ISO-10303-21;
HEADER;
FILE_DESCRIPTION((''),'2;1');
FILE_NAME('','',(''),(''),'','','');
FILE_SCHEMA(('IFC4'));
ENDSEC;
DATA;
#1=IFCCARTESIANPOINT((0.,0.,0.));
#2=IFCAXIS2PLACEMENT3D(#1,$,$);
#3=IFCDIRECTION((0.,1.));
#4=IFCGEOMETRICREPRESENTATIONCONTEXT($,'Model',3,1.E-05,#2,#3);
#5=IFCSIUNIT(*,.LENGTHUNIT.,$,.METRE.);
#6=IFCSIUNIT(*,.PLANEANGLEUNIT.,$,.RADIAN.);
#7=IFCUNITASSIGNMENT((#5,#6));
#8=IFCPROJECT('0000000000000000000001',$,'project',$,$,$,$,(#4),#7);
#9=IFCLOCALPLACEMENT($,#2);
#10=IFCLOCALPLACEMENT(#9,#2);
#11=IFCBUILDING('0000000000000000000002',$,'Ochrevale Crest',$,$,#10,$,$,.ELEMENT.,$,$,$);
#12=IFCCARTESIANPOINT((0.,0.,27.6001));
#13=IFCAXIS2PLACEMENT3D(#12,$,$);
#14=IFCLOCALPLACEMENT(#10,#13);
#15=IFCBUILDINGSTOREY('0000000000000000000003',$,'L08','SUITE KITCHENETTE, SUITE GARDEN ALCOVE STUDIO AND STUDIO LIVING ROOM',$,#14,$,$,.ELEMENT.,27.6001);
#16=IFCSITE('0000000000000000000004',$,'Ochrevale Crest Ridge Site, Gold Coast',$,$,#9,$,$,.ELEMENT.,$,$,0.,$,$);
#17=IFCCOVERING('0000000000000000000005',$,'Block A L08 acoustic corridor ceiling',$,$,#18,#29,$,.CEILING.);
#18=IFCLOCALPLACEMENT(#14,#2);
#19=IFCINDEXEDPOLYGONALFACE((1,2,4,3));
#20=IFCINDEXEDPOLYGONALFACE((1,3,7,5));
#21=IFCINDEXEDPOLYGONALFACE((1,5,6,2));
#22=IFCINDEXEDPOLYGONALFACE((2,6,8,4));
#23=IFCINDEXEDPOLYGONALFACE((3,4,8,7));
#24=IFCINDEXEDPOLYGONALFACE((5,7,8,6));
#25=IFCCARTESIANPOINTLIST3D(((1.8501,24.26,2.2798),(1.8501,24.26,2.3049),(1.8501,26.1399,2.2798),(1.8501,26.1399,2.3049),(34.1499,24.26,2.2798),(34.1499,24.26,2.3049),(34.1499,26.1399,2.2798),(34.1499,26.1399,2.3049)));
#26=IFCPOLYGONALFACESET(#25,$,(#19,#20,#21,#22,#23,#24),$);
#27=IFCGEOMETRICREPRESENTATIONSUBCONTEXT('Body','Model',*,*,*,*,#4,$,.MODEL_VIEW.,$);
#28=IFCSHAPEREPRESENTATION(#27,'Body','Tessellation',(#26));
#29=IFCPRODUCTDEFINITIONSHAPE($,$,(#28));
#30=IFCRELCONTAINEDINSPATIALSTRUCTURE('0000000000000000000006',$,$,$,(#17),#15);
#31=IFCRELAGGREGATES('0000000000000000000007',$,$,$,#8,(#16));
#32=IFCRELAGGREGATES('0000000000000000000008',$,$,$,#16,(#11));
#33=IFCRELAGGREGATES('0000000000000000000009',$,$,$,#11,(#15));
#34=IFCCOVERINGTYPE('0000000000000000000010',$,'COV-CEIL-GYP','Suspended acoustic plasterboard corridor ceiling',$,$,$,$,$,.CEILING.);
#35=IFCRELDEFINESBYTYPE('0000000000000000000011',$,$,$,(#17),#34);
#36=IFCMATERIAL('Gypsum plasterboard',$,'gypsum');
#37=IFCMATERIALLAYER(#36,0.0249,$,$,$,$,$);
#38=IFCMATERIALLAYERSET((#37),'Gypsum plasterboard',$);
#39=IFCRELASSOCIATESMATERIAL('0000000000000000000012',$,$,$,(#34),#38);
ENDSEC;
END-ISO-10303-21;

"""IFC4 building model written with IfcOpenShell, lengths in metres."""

from ifc_helpers import new_model, si_unit, direction, frame, origin, place, context, subcontext, project, spatial, polyline, outline, extrude, material, layer, layer_set, type_object, element, save


model = new_model("IFC4")

# Units and contexts
model_context = context("Model", 3, precision=1e-05, world=origin(), true_north=direction((0.0, 1.0)))
body_context = subcontext(model_context, "Body", "Model", "MODEL_VIEW")
ifc_project = project(units=[si_unit("LENGTHUNIT", "METRE"), si_unit("PLANEANGLEUNIT", "RADIAN")], contexts=[model_context])

# Site, building, storey
site_placement = place(None, origin())
site = spatial("IfcSite", under=ifc_project, at=site_placement, Name="Ochrevale Crest Ridge Site, Gold Coast", CompositionType="ELEMENT", RefElevation=0.0)
building_placement = place(site_placement, origin())
building = spatial("IfcBuilding", under=site, at=building_placement, Name="Ochrevale Crest", CompositionType="ELEMENT")
storey_placement = place(building_placement, frame((0.0, 0.0, 27.6001)))
storey = spatial("IfcBuildingStorey", under=building, at=storey_placement, Name="L08", Description="SUITE KITCHENETTE, SUITE GARDEN ALCOVE STUDIO AND STUDIO LIVING ROOM", CompositionType="ELEMENT", Elevation=27.6001)

# Covering
ifc_material_1 = material(Name="Gypsum plasterboard", Category="gypsum")
ifc_layer_1 = layer(ifc_material_1, 0.0249)
ifc_layer_set_1 = layer_set([ifc_layer_1], Name="Gypsum plasterboard")
covering_type = type_object("IfcCoveringType", Name="COV-CEIL-GYP", Description="Suspended acoustic plasterboard corridor ceiling", PredefinedType="CEILING", material=ifc_layer_set_1)
covering_placement = place(storey_placement, frame((0.0, 0.0, 2.2798)))
element("IfcCovering", 1, at=covering_placement, inside=storey, type_object=covering_type, Name="Block A L08 acoustic corridor ceiling", PredefinedType="CEILING", context=body_context, shape_type="SweptSolid", body=[
    extrude(outline(polyline([(1.8501, 24.26), (34.1499, 24.26), (34.1499, 26.1399), (1.8501, 26.1399), (1.8501, 24.26)])), origin(), (0.0, 0.0, 1.0), 0.0251),
])

save(model, "model.ifc")
